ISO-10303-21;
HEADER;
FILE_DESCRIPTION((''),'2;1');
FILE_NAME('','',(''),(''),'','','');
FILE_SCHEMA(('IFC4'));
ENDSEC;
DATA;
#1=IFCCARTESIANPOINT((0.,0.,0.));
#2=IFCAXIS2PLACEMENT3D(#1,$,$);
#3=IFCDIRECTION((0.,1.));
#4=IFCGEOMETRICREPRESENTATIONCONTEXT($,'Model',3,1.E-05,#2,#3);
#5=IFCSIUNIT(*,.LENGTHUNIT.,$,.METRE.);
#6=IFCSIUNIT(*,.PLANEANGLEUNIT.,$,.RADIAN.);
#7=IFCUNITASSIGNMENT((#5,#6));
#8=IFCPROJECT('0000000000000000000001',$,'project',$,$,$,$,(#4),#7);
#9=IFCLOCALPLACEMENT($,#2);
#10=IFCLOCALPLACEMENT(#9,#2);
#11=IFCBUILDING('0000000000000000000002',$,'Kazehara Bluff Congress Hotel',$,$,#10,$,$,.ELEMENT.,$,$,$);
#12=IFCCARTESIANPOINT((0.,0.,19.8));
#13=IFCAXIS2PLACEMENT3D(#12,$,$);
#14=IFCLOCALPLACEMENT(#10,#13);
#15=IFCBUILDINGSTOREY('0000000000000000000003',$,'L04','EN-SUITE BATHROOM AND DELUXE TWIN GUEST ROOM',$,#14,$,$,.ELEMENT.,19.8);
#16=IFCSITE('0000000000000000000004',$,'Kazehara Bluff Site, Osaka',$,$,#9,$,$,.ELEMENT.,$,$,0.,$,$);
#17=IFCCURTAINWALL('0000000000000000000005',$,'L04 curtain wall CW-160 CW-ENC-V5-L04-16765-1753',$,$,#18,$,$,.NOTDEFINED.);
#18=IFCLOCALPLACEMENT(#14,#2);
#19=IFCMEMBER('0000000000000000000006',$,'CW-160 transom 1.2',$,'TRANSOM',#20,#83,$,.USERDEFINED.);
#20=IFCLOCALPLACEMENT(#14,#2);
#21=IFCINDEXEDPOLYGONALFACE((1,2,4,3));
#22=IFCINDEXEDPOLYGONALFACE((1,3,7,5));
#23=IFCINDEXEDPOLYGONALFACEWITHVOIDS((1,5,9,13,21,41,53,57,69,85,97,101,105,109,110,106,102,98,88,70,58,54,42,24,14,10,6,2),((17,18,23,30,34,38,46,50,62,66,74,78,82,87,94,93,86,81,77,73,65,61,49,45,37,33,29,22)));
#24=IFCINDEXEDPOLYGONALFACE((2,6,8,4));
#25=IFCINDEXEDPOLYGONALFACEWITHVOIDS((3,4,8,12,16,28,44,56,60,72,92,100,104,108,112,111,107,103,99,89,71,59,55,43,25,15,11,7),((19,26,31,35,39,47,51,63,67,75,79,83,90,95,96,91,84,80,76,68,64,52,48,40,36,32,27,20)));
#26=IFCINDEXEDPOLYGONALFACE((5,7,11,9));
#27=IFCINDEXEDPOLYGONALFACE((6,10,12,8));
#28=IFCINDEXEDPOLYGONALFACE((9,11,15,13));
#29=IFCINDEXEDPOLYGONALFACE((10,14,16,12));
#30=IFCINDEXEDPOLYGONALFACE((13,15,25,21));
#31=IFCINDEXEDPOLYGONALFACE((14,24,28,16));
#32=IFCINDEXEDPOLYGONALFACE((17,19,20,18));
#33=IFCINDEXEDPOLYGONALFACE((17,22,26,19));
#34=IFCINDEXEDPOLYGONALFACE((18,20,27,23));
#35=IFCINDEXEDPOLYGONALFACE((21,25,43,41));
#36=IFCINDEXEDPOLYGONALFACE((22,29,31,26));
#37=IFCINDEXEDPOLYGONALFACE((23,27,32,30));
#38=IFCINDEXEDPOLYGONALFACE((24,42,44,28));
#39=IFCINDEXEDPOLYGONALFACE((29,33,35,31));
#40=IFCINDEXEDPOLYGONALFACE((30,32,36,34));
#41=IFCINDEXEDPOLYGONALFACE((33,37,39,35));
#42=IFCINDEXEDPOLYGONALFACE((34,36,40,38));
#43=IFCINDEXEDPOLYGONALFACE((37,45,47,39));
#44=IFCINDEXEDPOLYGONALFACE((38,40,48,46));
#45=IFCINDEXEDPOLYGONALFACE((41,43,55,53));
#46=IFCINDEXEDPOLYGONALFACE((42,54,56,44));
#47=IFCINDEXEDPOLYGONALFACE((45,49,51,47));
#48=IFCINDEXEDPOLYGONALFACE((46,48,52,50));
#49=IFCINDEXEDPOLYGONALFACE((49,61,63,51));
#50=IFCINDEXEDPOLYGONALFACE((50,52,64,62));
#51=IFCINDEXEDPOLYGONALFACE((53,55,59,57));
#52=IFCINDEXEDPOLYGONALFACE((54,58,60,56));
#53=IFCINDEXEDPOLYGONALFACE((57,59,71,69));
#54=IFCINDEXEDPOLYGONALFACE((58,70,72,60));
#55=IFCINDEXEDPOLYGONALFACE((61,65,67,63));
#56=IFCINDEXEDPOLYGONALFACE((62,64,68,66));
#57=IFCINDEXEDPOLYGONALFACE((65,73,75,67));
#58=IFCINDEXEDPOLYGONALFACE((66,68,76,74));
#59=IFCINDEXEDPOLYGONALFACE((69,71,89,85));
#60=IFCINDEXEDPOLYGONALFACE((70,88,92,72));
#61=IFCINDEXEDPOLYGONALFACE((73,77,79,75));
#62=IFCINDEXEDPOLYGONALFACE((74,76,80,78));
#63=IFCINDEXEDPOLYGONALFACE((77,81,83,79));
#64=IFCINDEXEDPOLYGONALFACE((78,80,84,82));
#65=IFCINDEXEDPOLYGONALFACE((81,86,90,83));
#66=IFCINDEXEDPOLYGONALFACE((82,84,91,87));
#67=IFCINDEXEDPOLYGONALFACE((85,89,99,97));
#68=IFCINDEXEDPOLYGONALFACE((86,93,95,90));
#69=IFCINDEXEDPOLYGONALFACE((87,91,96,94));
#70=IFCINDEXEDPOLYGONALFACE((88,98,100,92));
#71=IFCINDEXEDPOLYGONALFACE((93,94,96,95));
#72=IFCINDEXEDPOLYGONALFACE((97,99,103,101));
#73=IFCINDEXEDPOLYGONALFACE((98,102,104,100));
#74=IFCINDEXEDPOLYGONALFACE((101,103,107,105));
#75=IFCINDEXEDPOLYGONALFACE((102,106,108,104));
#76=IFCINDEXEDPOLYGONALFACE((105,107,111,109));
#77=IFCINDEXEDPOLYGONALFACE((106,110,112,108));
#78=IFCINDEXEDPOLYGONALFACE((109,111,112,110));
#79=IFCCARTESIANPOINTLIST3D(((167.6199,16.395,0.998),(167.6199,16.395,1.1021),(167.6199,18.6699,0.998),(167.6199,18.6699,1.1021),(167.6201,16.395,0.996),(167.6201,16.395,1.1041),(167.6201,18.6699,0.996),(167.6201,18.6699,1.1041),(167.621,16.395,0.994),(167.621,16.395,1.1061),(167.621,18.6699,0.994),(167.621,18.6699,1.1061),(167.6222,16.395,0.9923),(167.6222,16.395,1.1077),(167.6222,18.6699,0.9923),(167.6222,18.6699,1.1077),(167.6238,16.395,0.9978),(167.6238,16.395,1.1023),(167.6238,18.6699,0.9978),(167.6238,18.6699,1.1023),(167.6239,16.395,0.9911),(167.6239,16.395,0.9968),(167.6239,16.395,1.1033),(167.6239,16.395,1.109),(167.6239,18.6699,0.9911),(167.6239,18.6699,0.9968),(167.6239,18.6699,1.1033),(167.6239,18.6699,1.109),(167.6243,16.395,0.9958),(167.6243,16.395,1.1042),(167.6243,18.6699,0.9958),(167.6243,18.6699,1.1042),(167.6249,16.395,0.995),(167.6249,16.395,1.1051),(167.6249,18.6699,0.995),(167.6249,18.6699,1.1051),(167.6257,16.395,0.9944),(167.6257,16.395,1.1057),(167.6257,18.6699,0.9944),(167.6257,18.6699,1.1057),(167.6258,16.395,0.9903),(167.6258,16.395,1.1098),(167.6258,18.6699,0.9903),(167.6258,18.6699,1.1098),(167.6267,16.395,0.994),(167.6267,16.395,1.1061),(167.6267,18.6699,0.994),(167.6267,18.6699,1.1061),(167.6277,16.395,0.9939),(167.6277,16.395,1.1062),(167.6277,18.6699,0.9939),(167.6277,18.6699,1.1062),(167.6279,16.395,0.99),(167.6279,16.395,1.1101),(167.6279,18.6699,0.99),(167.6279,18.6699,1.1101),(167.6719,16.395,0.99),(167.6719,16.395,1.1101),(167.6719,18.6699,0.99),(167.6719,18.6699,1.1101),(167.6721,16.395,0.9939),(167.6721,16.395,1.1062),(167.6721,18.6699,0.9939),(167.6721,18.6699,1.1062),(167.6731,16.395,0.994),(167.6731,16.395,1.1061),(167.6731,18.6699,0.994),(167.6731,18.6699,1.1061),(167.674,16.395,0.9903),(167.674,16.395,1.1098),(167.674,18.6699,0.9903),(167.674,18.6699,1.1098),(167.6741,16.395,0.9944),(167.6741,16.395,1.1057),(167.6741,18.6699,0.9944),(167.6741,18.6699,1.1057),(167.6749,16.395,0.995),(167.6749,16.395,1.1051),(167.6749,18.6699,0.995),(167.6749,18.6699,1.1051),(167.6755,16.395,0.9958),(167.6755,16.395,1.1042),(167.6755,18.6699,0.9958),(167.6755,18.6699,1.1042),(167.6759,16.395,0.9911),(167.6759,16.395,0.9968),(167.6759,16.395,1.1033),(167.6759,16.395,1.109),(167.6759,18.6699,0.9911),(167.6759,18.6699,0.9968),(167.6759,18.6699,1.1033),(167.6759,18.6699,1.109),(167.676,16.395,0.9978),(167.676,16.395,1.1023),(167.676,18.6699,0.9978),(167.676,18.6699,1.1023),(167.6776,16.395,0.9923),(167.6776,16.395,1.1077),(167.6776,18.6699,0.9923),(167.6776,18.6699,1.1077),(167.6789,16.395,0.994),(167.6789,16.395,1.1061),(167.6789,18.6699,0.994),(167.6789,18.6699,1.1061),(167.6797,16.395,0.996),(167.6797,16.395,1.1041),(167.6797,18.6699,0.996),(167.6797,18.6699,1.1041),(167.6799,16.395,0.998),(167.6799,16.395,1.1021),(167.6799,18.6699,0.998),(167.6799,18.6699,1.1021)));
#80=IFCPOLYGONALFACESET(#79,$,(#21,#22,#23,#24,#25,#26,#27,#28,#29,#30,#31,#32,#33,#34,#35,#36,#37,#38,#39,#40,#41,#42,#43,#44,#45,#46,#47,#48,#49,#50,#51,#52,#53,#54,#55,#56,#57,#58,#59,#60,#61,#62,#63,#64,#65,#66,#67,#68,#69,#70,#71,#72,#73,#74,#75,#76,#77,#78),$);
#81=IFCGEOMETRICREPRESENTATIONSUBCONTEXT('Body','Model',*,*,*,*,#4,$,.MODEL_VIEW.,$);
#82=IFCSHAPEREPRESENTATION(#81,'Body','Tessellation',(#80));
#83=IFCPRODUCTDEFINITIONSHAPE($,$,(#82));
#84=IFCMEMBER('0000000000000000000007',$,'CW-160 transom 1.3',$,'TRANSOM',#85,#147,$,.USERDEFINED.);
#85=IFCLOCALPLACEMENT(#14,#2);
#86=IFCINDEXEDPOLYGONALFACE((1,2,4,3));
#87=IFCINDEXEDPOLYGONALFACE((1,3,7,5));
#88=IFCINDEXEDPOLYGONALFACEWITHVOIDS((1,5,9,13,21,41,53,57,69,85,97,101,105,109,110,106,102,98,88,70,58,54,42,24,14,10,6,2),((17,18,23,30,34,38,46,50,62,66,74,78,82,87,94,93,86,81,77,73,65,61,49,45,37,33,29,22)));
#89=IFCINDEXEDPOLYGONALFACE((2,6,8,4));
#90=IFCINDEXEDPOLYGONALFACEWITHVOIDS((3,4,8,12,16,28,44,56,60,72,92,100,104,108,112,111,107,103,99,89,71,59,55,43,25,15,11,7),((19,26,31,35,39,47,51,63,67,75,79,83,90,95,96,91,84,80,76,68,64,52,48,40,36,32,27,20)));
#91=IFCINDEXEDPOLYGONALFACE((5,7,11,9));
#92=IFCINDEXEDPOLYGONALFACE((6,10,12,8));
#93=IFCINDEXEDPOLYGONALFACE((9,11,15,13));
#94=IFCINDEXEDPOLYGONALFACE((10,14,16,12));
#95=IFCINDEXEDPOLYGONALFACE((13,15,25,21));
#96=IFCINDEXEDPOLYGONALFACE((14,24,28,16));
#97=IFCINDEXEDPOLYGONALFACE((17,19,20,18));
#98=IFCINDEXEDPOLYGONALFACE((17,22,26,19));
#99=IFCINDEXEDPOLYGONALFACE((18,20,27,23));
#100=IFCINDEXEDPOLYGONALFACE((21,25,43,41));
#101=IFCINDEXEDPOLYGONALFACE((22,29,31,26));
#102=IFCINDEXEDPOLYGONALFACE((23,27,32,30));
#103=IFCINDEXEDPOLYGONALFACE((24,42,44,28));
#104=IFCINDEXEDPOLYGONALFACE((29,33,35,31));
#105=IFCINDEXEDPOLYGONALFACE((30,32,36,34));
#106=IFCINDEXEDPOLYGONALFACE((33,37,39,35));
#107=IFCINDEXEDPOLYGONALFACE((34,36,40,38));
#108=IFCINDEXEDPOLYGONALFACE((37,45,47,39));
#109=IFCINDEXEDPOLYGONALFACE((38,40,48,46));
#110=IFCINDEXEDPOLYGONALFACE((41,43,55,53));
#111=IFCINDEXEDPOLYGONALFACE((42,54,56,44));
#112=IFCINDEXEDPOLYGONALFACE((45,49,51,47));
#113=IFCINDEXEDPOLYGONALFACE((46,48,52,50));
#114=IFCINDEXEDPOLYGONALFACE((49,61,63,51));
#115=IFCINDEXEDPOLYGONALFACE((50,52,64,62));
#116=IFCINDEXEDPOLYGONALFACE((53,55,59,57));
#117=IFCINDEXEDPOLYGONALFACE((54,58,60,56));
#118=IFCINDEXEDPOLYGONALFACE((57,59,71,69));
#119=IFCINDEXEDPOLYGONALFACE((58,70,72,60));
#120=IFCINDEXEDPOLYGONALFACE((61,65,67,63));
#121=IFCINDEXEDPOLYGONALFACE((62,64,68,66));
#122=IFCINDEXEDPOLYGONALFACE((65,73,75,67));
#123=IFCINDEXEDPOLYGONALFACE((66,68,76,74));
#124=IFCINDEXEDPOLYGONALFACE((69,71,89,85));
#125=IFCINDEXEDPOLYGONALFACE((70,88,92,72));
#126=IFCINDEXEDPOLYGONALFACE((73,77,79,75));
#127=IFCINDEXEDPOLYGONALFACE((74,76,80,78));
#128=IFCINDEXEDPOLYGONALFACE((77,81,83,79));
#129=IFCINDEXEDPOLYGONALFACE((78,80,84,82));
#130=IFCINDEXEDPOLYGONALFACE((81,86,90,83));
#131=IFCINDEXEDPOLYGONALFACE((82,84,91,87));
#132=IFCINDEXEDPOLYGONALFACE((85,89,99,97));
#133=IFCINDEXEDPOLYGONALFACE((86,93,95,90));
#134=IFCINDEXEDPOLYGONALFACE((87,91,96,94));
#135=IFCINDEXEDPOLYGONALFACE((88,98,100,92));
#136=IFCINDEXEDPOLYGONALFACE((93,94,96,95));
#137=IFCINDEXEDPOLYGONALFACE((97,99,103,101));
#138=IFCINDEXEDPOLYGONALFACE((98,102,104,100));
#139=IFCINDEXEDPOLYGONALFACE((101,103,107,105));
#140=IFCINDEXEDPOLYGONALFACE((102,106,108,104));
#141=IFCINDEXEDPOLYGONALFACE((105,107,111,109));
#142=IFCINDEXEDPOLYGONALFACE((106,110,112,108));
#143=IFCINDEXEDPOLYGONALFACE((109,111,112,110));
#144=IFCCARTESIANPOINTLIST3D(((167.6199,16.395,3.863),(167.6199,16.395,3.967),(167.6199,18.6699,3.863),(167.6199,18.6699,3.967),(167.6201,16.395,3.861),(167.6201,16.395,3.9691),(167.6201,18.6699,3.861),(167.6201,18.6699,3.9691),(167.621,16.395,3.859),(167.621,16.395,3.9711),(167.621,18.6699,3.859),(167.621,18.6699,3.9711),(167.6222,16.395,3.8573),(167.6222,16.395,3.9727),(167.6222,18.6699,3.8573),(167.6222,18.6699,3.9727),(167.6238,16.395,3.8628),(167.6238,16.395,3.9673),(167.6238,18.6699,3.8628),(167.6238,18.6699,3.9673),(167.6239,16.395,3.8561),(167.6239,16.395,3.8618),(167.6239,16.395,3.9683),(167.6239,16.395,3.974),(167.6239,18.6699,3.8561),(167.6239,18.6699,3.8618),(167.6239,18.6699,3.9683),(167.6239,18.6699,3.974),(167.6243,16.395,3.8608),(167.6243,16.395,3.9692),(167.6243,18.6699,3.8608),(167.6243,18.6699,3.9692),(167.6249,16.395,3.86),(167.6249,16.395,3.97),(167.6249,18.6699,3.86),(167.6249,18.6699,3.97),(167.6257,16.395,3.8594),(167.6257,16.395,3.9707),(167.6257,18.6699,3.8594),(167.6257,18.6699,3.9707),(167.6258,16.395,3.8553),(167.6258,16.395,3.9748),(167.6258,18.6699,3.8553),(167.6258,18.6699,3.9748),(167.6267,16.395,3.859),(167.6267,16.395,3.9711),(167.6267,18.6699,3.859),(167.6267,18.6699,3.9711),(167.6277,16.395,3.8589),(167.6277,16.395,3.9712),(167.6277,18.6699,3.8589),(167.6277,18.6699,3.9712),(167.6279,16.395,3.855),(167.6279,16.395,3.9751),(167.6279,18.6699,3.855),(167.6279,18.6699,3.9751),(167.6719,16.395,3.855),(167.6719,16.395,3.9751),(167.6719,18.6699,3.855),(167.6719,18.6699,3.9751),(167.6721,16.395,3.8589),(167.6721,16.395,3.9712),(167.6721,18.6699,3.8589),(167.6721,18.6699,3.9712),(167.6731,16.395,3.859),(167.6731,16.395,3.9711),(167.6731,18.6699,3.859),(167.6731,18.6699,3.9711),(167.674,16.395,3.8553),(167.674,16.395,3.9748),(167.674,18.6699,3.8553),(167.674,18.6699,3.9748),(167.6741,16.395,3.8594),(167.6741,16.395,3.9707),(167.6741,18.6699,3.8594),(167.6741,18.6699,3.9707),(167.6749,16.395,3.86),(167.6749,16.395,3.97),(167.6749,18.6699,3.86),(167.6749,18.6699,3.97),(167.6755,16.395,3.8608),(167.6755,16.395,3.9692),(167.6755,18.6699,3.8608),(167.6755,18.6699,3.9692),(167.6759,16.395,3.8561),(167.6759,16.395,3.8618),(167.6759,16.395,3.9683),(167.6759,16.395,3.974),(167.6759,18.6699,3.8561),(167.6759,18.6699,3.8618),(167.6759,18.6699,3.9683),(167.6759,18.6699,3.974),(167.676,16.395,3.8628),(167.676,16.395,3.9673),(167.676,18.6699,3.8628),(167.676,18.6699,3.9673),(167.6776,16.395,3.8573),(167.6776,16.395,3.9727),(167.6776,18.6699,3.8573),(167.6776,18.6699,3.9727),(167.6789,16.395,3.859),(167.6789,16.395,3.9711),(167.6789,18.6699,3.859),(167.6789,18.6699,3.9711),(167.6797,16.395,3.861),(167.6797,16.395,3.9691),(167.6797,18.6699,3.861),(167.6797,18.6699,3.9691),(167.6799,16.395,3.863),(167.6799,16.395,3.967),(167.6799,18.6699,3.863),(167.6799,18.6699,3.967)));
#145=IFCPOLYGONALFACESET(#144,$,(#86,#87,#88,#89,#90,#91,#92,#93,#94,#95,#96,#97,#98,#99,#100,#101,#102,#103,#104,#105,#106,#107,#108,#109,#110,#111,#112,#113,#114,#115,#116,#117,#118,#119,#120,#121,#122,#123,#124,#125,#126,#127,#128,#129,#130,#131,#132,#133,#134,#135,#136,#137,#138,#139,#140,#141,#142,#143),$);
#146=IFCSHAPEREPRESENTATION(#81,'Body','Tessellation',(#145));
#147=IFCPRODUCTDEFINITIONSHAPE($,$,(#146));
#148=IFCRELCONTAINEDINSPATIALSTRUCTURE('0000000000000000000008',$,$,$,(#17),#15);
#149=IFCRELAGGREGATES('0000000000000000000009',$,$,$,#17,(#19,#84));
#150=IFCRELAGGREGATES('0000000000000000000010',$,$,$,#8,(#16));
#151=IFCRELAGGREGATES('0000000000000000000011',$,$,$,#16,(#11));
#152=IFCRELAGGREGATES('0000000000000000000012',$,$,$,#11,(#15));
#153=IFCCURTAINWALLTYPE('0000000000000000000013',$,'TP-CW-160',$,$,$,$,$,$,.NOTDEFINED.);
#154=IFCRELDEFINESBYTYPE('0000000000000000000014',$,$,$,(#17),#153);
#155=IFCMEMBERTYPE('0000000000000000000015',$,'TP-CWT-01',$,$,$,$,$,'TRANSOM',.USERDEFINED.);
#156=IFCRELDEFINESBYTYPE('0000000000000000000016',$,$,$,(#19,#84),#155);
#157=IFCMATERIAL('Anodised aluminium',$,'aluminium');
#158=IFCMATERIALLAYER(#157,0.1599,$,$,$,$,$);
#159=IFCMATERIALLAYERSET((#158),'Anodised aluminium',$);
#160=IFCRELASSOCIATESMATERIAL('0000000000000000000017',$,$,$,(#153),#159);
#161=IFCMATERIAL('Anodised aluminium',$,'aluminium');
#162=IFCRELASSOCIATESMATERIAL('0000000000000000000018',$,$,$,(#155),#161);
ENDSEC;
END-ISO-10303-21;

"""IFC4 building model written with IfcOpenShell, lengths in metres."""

from ifc_helpers import new_model, si_unit, direction, frame, origin, origin_2d, place, context, subcontext, project, spatial, hollow_rectangle, extrude, material, layer, layer_set, material_profile, profile_set, type_object, element, aggregate, save


model = new_model("IFC4")

# Units and contexts
model_context = context("Model", 3, precision=1e-05, world=origin(), true_north=direction((0.0, 1.0)))
body_context = subcontext(model_context, "Body", "Model", "MODEL_VIEW")
ifc_project = project(units=[si_unit("LENGTHUNIT", "METRE"), si_unit("PLANEANGLEUNIT", "RADIAN")], contexts=[model_context])

# Site, building, storey
site_placement = place(None, origin())
site = spatial("IfcSite", under=ifc_project, at=site_placement, Name="Kazehara Bluff Site, Osaka", CompositionType="ELEMENT", RefElevation=0.0)
building_placement = place(site_placement, origin())
building = spatial("IfcBuilding", under=site, at=building_placement, Name="Kazehara Bluff Congress Hotel", CompositionType="ELEMENT")
storey_placement = place(building_placement, frame((0.0, 0.0, 19.8)))
storey = spatial("IfcBuildingStorey", under=building, at=storey_placement, Name="L04", Description="EN-SUITE BATHROOM AND DELUXE TWIN GUEST ROOM", CompositionType="ELEMENT", Elevation=19.8)

# Curtain wall, members
ifc_material_1 = material(Name="Anodised aluminium", Category="aluminium")
ifc_layer_1 = layer(ifc_material_1, 0.1599)
ifc_layer_set_1 = layer_set([ifc_layer_1], Name="Anodised aluminium")
curtain_wall_type = type_object("IfcCurtainWallType", Name="TP-CW-160", PredefinedType="NOTDEFINED", material=ifc_layer_set_1)
curtain_wall_placement = place(storey_placement, origin())
curtain_wall = element("IfcCurtainWall", 1, at=curtain_wall_placement, inside=storey, type_object=curtain_wall_type, Name="L04 curtain wall CW-160 CW-ENC-V5-L04-16765-1753", PredefinedType="NOTDEFINED")
ifc_material_2 = material(Name="Anodised aluminium", Category="aluminium")
ifc_material_profile_1 = material_profile(ifc_material_2, hollow_rectangle(XDim=0.0601, YDim=0.1201, WallThickness=0.0039, InnerFilletRadius=0.0039, OuterFilletRadius=0.0081, at=origin_2d()))
ifc_profile_set_1 = profile_set([ifc_material_profile_1], Name="Anodised aluminium")
member_type_1 = type_object("IfcMemberType", Name="TP-CWT-01", ElementType="TRANSOM", PredefinedType="USERDEFINED", material=ifc_profile_set_1)
member_1_placement = place(storey_placement, frame((167.6499, 18.6699, 1.05), z_axis=(0.0, -1.0, 0.0), x_axis=(1.0, 0.0, 0.0)))
member_1 = element("IfcMember", 2, at=member_1_placement, type_object=member_type_1, Name="CW-160 transom 1.2", ObjectType="TRANSOM", PredefinedType="USERDEFINED", context=body_context, shape_type="SweptSolid", body=[
    extrude(hollow_rectangle(XDim=0.0601, YDim=0.1201, WallThickness=0.0039, InnerFilletRadius=0.0039, OuterFilletRadius=0.0081, at=origin_2d()), origin(), (0.0, 0.0, 1.0), 2.2749),
])
member_2_placement = place(storey_placement, frame((167.6499, 18.6699, 3.915), z_axis=(0.0, -1.0, 0.0), x_axis=(1.0, 0.0, 0.0)))
member_2 = element("IfcMember", 3, at=member_2_placement, type_object=member_type_1, Name="CW-160 transom 1.3", ObjectType="TRANSOM", PredefinedType="USERDEFINED", context=body_context, shape_type="SweptSolid", body=[
    extrude(hollow_rectangle(XDim=0.0601, YDim=0.1201, WallThickness=0.0039, InnerFilletRadius=0.0039, OuterFilletRadius=0.0081, at=origin_2d()), origin(), (0.0, 0.0, 1.0), 2.2749),
])
aggregate(curtain_wall, [member_1, member_2])

save(model, "model.ifc")
